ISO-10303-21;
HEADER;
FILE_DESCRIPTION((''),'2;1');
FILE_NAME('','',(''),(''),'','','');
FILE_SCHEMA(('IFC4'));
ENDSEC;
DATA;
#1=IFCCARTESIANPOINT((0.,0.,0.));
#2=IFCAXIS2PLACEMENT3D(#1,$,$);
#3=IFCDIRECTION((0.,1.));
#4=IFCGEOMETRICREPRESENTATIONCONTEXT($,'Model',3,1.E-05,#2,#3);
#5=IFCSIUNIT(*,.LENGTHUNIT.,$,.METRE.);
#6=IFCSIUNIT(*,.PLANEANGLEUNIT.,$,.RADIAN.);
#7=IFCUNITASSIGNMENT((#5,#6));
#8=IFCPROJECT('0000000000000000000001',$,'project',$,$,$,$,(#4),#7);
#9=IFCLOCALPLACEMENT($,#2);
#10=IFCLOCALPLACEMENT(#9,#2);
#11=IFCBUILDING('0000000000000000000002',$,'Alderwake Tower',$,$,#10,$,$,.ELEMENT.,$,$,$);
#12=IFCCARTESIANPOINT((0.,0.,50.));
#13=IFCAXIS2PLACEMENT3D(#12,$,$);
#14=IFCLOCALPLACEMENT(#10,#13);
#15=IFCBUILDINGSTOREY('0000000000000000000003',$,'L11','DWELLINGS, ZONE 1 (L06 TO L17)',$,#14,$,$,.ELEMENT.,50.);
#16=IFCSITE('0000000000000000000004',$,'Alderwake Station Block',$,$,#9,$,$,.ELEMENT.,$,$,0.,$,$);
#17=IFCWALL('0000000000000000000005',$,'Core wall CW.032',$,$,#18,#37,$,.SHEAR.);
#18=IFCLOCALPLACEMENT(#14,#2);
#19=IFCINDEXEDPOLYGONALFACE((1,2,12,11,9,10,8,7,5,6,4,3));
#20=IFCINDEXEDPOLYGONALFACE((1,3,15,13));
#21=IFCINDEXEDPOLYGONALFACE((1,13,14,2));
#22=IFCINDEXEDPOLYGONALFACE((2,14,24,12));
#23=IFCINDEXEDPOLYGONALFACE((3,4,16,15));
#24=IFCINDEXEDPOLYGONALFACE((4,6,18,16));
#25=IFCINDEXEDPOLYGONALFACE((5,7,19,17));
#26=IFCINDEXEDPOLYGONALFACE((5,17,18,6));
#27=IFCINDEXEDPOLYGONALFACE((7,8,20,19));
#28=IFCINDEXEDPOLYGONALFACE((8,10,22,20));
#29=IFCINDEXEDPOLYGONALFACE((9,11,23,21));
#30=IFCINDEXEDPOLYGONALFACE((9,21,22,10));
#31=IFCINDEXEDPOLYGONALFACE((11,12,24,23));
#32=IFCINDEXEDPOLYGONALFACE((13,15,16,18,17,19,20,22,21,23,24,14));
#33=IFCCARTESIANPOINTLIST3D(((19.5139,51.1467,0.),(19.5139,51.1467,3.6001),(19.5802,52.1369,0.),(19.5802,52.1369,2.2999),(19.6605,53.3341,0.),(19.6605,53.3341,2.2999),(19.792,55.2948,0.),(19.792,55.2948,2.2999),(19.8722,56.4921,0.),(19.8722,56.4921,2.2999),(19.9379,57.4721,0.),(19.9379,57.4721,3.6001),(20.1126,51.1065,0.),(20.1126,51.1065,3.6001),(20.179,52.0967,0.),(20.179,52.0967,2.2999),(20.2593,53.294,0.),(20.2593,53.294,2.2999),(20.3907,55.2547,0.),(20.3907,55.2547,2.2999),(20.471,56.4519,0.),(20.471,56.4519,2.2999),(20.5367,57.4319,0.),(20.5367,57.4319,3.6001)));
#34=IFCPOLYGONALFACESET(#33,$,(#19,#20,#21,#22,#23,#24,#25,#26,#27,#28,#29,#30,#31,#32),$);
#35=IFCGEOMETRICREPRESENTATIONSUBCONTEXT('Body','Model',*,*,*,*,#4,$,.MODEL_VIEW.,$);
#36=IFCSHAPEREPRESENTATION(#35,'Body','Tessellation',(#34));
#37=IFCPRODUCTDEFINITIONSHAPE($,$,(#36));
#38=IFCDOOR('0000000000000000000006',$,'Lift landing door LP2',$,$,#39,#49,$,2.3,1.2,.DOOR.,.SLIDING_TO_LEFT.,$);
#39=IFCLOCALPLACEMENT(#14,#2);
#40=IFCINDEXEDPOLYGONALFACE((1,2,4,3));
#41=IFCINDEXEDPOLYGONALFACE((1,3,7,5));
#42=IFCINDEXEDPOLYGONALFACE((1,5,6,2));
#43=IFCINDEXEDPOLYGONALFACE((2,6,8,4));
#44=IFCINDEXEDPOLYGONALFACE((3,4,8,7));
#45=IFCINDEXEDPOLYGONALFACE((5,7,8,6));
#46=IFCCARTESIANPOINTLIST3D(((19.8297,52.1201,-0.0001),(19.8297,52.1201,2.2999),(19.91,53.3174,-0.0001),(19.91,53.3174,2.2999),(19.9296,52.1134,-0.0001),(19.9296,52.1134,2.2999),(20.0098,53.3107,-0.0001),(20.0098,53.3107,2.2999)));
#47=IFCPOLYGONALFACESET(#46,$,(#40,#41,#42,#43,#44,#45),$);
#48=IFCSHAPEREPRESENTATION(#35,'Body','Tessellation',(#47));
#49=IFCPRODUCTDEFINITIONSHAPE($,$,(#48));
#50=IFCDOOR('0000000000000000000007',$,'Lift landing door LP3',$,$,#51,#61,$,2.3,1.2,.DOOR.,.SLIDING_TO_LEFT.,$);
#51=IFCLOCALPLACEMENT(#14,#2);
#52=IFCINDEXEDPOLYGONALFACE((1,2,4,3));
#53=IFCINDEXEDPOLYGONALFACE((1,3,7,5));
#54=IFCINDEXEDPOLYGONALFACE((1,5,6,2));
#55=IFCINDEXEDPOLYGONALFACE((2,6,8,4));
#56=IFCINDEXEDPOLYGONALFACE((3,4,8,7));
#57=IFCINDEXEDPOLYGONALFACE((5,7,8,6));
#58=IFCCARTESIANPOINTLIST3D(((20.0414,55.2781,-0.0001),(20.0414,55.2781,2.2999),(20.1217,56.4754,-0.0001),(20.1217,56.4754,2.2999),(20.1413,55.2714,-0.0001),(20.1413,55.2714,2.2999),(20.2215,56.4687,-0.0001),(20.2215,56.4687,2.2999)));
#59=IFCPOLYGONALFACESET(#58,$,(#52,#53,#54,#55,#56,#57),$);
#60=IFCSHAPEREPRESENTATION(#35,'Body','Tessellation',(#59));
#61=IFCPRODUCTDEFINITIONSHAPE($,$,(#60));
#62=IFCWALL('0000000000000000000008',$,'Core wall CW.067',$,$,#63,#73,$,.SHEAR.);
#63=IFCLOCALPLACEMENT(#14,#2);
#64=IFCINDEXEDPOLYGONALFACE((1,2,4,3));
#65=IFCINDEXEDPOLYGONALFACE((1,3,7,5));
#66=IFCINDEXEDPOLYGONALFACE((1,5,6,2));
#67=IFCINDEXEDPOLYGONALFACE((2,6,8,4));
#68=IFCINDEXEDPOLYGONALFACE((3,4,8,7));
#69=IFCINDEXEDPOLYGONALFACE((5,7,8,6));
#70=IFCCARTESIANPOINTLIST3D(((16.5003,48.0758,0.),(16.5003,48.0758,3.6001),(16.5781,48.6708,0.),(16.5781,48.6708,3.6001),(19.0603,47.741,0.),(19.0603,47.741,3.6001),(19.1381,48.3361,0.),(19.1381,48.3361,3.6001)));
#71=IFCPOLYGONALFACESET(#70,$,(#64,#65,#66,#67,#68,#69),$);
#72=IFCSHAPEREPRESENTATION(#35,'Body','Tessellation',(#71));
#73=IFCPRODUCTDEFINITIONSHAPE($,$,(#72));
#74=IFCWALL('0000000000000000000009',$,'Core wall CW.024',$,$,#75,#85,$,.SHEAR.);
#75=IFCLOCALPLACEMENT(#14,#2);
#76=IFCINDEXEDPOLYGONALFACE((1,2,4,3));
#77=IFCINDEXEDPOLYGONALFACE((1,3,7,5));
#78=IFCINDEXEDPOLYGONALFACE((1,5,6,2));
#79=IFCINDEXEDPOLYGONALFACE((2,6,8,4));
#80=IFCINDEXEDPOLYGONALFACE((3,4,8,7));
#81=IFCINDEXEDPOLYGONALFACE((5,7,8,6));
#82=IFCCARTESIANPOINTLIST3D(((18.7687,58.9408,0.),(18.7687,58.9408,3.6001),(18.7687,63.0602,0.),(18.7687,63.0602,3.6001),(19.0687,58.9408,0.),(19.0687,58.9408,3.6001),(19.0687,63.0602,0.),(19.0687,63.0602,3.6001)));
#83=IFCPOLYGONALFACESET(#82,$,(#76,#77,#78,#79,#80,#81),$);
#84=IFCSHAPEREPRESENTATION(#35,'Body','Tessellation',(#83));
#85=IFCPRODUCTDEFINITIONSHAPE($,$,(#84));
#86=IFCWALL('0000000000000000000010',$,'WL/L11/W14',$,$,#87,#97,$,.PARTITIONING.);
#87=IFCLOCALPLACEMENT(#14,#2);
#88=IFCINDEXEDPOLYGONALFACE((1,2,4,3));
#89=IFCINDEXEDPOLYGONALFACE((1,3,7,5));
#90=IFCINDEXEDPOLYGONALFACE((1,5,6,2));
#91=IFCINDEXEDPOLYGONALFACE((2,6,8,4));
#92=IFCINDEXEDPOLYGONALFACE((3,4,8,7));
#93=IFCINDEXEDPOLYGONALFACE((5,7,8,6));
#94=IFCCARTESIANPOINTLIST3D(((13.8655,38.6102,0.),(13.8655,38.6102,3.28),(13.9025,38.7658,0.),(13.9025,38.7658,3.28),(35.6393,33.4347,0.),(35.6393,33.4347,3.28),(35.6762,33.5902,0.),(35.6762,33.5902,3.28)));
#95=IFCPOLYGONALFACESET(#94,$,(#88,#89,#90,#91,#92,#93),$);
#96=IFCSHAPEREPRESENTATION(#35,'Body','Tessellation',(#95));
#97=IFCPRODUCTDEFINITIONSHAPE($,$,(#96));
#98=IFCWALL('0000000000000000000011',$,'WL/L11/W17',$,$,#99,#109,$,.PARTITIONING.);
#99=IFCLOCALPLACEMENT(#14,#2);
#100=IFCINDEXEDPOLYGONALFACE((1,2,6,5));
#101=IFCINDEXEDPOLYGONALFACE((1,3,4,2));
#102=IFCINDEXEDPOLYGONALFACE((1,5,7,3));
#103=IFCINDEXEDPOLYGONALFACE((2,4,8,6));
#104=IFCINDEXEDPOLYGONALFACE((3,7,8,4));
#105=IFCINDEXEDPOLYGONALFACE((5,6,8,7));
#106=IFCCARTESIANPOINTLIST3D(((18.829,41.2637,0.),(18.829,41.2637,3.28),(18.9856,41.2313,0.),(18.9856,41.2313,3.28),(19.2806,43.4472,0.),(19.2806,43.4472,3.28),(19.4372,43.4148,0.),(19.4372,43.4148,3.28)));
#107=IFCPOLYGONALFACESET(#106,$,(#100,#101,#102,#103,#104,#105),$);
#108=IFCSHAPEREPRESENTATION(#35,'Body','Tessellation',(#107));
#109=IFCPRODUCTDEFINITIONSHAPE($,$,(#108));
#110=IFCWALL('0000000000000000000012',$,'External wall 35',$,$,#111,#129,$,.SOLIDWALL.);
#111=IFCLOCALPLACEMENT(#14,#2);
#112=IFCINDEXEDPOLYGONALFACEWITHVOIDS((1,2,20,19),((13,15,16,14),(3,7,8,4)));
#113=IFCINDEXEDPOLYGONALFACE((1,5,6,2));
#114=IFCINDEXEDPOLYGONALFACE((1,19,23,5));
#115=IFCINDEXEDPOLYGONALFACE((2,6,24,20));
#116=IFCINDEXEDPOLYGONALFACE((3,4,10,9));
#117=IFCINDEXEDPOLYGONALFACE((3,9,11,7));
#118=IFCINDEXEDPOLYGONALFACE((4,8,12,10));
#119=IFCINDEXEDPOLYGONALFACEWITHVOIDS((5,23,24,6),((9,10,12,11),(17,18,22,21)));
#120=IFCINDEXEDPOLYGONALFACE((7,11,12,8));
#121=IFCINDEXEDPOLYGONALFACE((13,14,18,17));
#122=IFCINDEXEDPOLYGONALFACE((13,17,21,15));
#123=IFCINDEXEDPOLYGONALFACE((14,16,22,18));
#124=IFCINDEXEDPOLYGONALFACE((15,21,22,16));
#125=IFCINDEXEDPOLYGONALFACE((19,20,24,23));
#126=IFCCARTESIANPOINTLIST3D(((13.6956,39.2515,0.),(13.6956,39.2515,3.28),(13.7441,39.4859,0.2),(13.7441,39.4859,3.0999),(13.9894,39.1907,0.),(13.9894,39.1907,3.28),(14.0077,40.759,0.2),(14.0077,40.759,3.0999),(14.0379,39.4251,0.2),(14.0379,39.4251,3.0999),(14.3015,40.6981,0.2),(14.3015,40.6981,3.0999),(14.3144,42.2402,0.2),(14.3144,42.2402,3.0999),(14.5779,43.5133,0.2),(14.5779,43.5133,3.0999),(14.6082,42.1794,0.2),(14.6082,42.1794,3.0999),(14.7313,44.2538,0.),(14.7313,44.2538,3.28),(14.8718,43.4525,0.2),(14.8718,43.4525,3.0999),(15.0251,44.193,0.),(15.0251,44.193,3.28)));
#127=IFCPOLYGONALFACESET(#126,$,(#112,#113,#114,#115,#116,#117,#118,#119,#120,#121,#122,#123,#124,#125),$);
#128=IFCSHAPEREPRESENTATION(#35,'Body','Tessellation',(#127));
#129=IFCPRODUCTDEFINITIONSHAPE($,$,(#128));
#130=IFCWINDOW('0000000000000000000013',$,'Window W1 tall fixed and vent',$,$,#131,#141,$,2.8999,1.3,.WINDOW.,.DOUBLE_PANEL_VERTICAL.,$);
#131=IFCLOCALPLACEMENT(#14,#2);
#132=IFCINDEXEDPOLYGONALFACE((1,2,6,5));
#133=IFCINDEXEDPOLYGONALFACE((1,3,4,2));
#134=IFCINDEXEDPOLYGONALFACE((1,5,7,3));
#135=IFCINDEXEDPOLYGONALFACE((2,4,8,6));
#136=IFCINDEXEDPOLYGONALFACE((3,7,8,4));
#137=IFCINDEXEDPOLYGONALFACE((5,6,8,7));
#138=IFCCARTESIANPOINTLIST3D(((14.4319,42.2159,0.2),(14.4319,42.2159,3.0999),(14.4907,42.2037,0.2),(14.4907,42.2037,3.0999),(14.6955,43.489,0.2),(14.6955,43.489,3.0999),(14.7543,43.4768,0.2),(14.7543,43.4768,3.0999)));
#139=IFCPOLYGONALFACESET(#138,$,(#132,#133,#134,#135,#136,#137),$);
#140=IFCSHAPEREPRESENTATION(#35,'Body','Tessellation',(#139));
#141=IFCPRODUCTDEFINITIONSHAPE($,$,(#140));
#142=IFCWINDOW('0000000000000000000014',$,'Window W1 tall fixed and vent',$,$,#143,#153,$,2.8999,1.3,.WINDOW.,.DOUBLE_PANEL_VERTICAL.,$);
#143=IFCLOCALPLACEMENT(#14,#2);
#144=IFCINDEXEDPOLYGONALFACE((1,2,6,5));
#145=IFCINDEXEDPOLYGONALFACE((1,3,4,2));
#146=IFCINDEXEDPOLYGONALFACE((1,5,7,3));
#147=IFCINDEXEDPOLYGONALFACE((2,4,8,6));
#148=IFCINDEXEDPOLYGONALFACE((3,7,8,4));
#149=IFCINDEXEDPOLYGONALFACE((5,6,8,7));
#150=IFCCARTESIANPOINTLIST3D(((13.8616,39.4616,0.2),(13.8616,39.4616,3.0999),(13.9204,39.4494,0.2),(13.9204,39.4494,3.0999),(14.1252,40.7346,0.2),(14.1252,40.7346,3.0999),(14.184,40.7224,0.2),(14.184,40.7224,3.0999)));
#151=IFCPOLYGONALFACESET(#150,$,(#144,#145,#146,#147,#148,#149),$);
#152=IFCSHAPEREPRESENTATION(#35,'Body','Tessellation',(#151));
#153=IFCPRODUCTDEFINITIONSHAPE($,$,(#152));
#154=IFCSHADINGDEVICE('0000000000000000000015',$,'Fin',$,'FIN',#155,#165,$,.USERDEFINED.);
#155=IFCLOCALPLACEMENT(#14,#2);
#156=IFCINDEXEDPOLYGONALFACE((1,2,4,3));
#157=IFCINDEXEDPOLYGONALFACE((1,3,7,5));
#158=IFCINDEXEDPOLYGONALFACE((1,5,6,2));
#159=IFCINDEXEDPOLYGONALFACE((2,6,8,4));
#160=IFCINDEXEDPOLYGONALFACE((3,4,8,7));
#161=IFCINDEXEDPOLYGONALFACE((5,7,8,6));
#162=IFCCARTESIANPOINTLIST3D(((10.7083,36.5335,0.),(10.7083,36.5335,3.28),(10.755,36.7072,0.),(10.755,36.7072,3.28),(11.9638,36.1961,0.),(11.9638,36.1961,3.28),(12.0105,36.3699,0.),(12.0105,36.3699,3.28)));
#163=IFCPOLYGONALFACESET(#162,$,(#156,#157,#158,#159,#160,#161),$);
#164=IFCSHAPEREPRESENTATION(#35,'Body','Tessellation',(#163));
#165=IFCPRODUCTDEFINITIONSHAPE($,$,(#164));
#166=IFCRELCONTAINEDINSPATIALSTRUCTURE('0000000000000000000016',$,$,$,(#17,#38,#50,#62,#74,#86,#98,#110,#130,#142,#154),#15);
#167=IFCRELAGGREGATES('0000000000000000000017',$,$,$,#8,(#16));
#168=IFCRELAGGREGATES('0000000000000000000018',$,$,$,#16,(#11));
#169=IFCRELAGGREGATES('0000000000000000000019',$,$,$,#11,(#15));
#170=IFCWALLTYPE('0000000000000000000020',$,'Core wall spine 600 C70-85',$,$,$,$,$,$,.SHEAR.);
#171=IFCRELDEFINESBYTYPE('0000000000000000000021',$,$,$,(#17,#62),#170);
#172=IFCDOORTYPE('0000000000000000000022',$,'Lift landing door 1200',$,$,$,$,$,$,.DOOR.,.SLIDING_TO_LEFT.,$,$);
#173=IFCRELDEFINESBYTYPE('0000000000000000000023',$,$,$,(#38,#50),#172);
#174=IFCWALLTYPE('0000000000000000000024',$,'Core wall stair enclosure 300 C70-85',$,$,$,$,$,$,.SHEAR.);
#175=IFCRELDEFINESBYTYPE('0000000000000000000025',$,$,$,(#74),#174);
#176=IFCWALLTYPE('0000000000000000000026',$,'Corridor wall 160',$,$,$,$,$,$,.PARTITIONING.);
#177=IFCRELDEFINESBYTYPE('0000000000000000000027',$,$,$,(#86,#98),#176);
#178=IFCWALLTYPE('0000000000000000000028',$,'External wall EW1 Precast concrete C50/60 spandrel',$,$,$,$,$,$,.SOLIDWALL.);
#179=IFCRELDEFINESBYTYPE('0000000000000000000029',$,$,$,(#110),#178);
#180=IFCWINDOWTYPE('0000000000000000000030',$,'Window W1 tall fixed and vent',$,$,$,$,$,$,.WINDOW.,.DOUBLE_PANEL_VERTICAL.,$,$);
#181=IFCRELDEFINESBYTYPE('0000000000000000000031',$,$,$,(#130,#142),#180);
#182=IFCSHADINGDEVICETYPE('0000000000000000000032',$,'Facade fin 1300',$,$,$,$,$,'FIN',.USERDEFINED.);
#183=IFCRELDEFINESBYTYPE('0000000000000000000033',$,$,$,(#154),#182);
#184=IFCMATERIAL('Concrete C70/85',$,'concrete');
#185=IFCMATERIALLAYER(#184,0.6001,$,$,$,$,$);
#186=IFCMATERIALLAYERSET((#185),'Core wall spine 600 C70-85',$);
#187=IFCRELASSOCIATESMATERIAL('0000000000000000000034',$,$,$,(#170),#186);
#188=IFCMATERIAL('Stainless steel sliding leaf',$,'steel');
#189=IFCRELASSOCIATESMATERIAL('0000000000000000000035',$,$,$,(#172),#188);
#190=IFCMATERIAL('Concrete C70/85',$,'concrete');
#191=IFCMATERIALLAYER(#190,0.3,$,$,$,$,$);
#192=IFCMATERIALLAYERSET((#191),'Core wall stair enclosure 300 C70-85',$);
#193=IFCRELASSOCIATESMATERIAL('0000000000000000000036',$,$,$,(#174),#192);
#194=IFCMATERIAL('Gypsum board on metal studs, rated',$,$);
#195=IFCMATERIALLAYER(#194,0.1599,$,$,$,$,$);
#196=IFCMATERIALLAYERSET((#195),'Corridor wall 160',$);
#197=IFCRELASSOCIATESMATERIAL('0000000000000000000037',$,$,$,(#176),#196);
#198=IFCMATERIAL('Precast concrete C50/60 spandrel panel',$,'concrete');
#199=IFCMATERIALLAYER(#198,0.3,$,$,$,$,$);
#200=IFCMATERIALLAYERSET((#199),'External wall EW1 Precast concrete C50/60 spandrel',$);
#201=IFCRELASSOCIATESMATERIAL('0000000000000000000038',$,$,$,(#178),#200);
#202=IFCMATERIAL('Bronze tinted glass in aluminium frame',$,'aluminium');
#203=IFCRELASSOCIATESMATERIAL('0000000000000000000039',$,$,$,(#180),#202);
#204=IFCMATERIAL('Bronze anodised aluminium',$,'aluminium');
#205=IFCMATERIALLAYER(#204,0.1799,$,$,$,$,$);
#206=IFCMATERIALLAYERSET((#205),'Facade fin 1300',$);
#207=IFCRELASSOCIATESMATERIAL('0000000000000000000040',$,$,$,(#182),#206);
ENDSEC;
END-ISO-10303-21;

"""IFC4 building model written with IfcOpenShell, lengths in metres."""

from ifc_helpers import new_model, si_unit, direction, frame, frame_2d, origin, origin_2d, place, context, subcontext, project, spatial, rectangle, extrude, material, layer, layer_set, type_object, element, fill, save


model = new_model("IFC4")

# Units and contexts
model_context = context("Model", 3, precision=1e-05, world=origin(), true_north=direction((0.0, 1.0)))
body_context = subcontext(model_context, "Body", "Model", "MODEL_VIEW")
ifc_project = project(units=[si_unit("LENGTHUNIT", "METRE"), si_unit("PLANEANGLEUNIT", "RADIAN")], contexts=[model_context])

# Site, building, storey
site_placement = place(None, origin())
site = spatial("IfcSite", under=ifc_project, at=site_placement, Name="Alderwake Station Block", CompositionType="ELEMENT", RefElevation=0.0)
building_placement = place(site_placement, origin())
building = spatial("IfcBuilding", under=site, at=building_placement, Name="Alderwake Tower", CompositionType="ELEMENT")
storey_placement = place(building_placement, frame((0.0, 0.0, 50.0)))
storey = spatial("IfcBuildingStorey", under=building, at=storey_placement, Name="L11", Description="DWELLINGS, ZONE 1 (L06 TO L17)", CompositionType="ELEMENT", Elevation=50.0)

# Wall, openings, doors
ifc_material_1 = material(Name="Concrete C70/85", Category="concrete")
ifc_layer_1 = layer(ifc_material_1, 0.6001)
ifc_layer_set_1 = layer_set([ifc_layer_1], Name="Core wall spine 600 C70-85")
wall_type_1 = type_object("IfcWallType", Name="Core wall spine 600 C70-85", PredefinedType="SHEAR", material=ifc_layer_set_1)
wall_1_placement = place(storey_placement, frame((19.8132, 51.1265, 0.0), z_axis=(0.0, 0.0, 1.0), x_axis=(0.066892, 0.99776, 0.0)))
wall_1 = element("IfcWall", 1, at=wall_1_placement, inside=storey, type_object=wall_type_1, Name="Core wall CW.032", PredefinedType="SHEAR", context=body_context, shape_type="SweptSolid", body=[
    extrude(rectangle(XDim=6.3396, YDim=0.6001, at=frame_2d((3.1699, 0.0))), origin(), (0.0, 0.0, 1.0), 3.6001),
])
opening_1_placement = place(wall_1_placement, frame((0.9924, 0.0, 0.0)))
opening_1 = element("IfcOpeningElement", 2, at=opening_1_placement, cuts=wall_1, PredefinedType="OPENING", context=body_context, shape_type="SweptSolid", body=[
    extrude(rectangle(XDim=1.2, YDim=2.3, at=frame_2d((0.6001, 1.1499))), frame((0.0, 0.3101, 0.0), z_axis=(0.0, -1.0, 0.0), x_axis=(1.0, 0.0, 0.0)), (0.0, 0.0, 1.0), 0.6201),
])
opening_2_placement = place(wall_1_placement, frame((4.1575, 0.0, 0.0)))
opening_2 = element("IfcOpeningElement", 3, at=opening_2_placement, cuts=wall_1, PredefinedType="OPENING", context=body_context, shape_type="SweptSolid", body=[
    extrude(rectangle(XDim=1.2, YDim=2.3, at=frame_2d((0.6001, 1.1499))), frame((0.0, 0.3101, 0.0), z_axis=(0.0, -1.0, 0.0), x_axis=(1.0, 0.0, 0.0)), (0.0, 0.0, 1.0), 0.6201),
])
ifc_material_2 = material(Name="Stainless steel sliding leaf", Category="steel")
door_type_1 = type_object("IfcDoorType", Name="Lift landing door 1200", OperationType="SLIDING_TO_LEFT", PredefinedType="DOOR", material=ifc_material_2)
door_1_placement = place(opening_1_placement, origin())
door_1 = element("IfcDoor", 4, at=door_1_placement, inside=storey, type_object=door_type_1, Name="Lift landing door LP2", OperationType="SLIDING_TO_LEFT", OverallHeight=2.3, OverallWidth=1.2, PredefinedType="DOOR", context=body_context, shape_type="SweptSolid", body=[
    extrude(rectangle(XDim=1.2, YDim=2.3, at=frame_2d((0.6001, 1.1499))), frame((0.0, 0.05, 0.0), z_axis=(0.0, -1.0, 0.0), x_axis=(1.0, 0.0, 0.0)), (0.0, 0.0, 1.0), 0.1001),
])
fill(opening_1, door_1)
door_2_placement = place(opening_2_placement, origin())
door_2 = element("IfcDoor", 5, at=door_2_placement, inside=storey, type_object=door_type_1, Name="Lift landing door LP3", OperationType="SLIDING_TO_LEFT", OverallHeight=2.3, OverallWidth=1.2, PredefinedType="DOOR", context=body_context, shape_type="SweptSolid", body=[
    extrude(rectangle(XDim=1.2, YDim=2.3, at=frame_2d((0.6001, 1.1499))), frame((0.0, 0.05, 0.0), z_axis=(0.0, -1.0, 0.0), x_axis=(1.0, 0.0, 0.0)), (0.0, 0.0, 1.0), 0.1001),
])
fill(opening_2, door_2)

# Walls
wall_2_placement = place(storey_placement, frame((16.5391, 48.3733, 0.0), z_axis=(0.0, 0.0, 1.0), x_axis=(0.991561, -0.129642, 0.0)))
element("IfcWall", 6, at=wall_2_placement, inside=storey, type_object=wall_type_1, Name="Core wall CW.067", PredefinedType="SHEAR", context=body_context, shape_type="SweptSolid", body=[
    extrude(rectangle(XDim=2.5818, YDim=0.6001, at=frame_2d((1.291, 0.0))), origin(), (0.0, 0.0, 1.0), 3.6001),
])
ifc_material_3 = material(Name="Concrete C70/85", Category="concrete")
ifc_layer_2 = layer(ifc_material_3, 0.3)
ifc_layer_set_2 = layer_set([ifc_layer_2], Name="Core wall stair enclosure 300 C70-85")
wall_type_2 = type_object("IfcWallType", Name="Core wall stair enclosure 300 C70-85", PredefinedType="SHEAR", material=ifc_layer_set_2)
wall_3_placement = place(storey_placement, frame((18.9187, 58.9409, 0.0), z_axis=(0.0, 0.0, 1.0), x_axis=(0.0, 1.0, 0.0)))
element("IfcWall", 7, at=wall_3_placement, inside=storey, type_object=wall_type_2, Name="Core wall CW.024", PredefinedType="SHEAR", context=body_context, shape_type="SweptSolid", body=[
    extrude(rectangle(XDim=4.1194, YDim=0.3, at=frame_2d((2.0596, 0.0))), origin(), (0.0, 0.0, 1.0), 3.6001),
])
ifc_material_4 = material(Name="Gypsum board on metal studs, rated")
ifc_layer_3 = layer(ifc_material_4, 0.1599)
ifc_layer_set_3 = layer_set([ifc_layer_3], Name="Corridor wall 160")
wall_type_3 = type_object("IfcWallType", Name="Corridor wall 160", PredefinedType="PARTITIONING", material=ifc_layer_set_3)
wall_4_placement = place(storey_placement, frame((13.884, 38.688, 0.0), z_axis=(0.0, 0.0, 1.0), x_axis=(0.972893, -0.231254, 0.0)))
element("IfcWall", 8, at=wall_4_placement, inside=storey, type_object=wall_type_3, Name="WL/L11/W14", PredefinedType="PARTITIONING", context=body_context, shape_type="SweptSolid", body=[
    extrude(rectangle(XDim=22.3804, YDim=0.1599, at=frame_2d((11.1902, 0.0))), origin(), (0.0, 0.0, 1.0), 3.28),
])
wall_5_placement = place(storey_placement, frame((19.3589, 43.4309, 0.0), z_axis=(0.0, 0.0, 1.0), x_axis=(-0.202555, -0.979271, 0.0)))
element("IfcWall", 9, at=wall_5_placement, inside=storey, type_object=wall_type_3, Name="WL/L11/W17", PredefinedType="PARTITIONING", context=body_context, shape_type="SweptSolid", body=[
    extrude(rectangle(XDim=2.2297, YDim=0.1599, at=frame_2d((1.1147, 0.0))), origin(), (0.0, 0.0, 1.0), 3.28),
])

# Wall, openings, windows
ifc_material_5 = material(Name="Precast concrete C50/60 spandrel panel", Category="concrete")
ifc_layer_4 = layer(ifc_material_5, 0.3)
ifc_layer_set_4 = layer_set([ifc_layer_4], Name="External wall EW1 Precast concrete C50/60 spandrel")
wall_type_4 = type_object("IfcWallType", Name="External wall EW1 Precast concrete C50/60 spandrel", PredefinedType="SOLIDWALL", material=ifc_layer_set_4)
wall_6_placement = place(storey_placement, frame((14.8782, 44.2234, 0.0), z_axis=(0.0, 0.0, 1.0), x_axis=(-0.202738, -0.979233, 0.0)))
wall_6 = element("IfcWall", 10, at=wall_6_placement, inside=storey, type_object=wall_type_4, Name="External wall 35", PredefinedType="SOLIDWALL", context=body_context, shape_type="SweptSolid", body=[
    extrude(rectangle(XDim=5.1084, YDim=0.3, at=frame_2d((2.5542, 0.0))), origin(), (0.0, 0.0, 1.0), 3.28),
])
opening_3_placement = place(wall_6_placement, frame((0.7563, 0.0, 0.2)))
opening_3 = element("IfcOpeningElement", 11, at=opening_3_placement, cuts=wall_6, PredefinedType="OPENING", context=body_context, shape_type="SweptSolid", body=[
    extrude(rectangle(XDim=1.3, YDim=2.8999, at=frame_2d((0.6499, 1.45))), frame((0.0, 0.1599, 0.0), z_axis=(0.0, -1.0, 0.0), x_axis=(1.0, 0.0, 0.0)), (0.0, 0.0, 1.0), 0.3201),
])
opening_4_placement = place(wall_6_placement, frame((3.5691, 0.0, 0.2)))
opening_4 = element("IfcOpeningElement", 12, at=opening_4_placement, cuts=wall_6, PredefinedType="OPENING", context=body_context, shape_type="SweptSolid", body=[
    extrude(rectangle(XDim=1.3, YDim=2.8999, at=frame_2d((0.6499, 1.45))), frame((0.0, 0.1599, 0.0), z_axis=(0.0, -1.0, 0.0), x_axis=(1.0, 0.0, 0.0)), (0.0, 0.0, 1.0), 0.3201),
])
ifc_material_6 = material(Name="Bronze tinted glass in aluminium frame", Category="aluminium")
window_type = type_object("IfcWindowType", Name="Window W1 tall fixed and vent", PartitioningType="DOUBLE_PANEL_VERTICAL", PredefinedType="WINDOW", material=ifc_material_6)
window_1_placement = place(opening_3_placement, origin())
window_1 = element("IfcWindow", 13, at=window_1_placement, inside=storey, type_object=window_type, Name="Window W1 tall fixed and vent", OverallHeight=2.8999, OverallWidth=1.3, PartitioningType="DOUBLE_PANEL_VERTICAL", PredefinedType="WINDOW", context=body_context, shape_type="SweptSolid", body=[
    extrude(rectangle(XDim=1.3, YDim=2.8999, at=frame_2d((0.6499, 1.45))), frame((0.0, 0.03, 0.0), z_axis=(0.0, -1.0, 0.0), x_axis=(1.0, 0.0, 0.0)), (0.0, 0.0, 1.0), 0.0601),
])
fill(opening_3, window_1)
window_2_placement = place(opening_4_placement, origin())
window_2 = element("IfcWindow", 14, at=window_2_placement, inside=storey, type_object=window_type, Name="Window W1 tall fixed and vent", OverallHeight=2.8999, OverallWidth=1.3, PartitioningType="DOUBLE_PANEL_VERTICAL", PredefinedType="WINDOW", context=body_context, shape_type="SweptSolid", body=[
    extrude(rectangle(XDim=1.3, YDim=2.8999, at=frame_2d((0.6499, 1.45))), frame((0.0, 0.03, 0.0), z_axis=(0.0, -1.0, 0.0), x_axis=(1.0, 0.0, 0.0)), (0.0, 0.0, 1.0), 0.0601),
])
fill(opening_4, window_2)

# Shading device
ifc_material_7 = material(Name="Bronze anodised aluminium", Category="aluminium")
ifc_layer_5 = layer(ifc_material_7, 0.1799)
ifc_layer_set_5 = layer_set([ifc_layer_5], Name="Facade fin 1300")
shading_device_type = type_object("IfcShadingDeviceType", Name="Facade fin 1300", ElementType="FIN", PredefinedType="USERDEFINED", material=ifc_layer_set_5)
shading_device_placement = place(storey_placement, frame((11.3594, 36.4517, 0.0), z_axis=(0.0, 0.0, 1.0), x_axis=(0.965744, -0.259495, 0.0)))
element("IfcShadingDevice", 15, at=shading_device_placement, inside=storey, type_object=shading_device_type, Name="Fin", ObjectType="FIN", PredefinedType="USERDEFINED", context=body_context, shape_type="SweptSolid", body=[
    extrude(rectangle(XDim=1.3, YDim=0.1799, at=origin_2d()), origin(), (0.0, 0.0, 1.0), 3.28),
])

save(model, "model.ifc")
